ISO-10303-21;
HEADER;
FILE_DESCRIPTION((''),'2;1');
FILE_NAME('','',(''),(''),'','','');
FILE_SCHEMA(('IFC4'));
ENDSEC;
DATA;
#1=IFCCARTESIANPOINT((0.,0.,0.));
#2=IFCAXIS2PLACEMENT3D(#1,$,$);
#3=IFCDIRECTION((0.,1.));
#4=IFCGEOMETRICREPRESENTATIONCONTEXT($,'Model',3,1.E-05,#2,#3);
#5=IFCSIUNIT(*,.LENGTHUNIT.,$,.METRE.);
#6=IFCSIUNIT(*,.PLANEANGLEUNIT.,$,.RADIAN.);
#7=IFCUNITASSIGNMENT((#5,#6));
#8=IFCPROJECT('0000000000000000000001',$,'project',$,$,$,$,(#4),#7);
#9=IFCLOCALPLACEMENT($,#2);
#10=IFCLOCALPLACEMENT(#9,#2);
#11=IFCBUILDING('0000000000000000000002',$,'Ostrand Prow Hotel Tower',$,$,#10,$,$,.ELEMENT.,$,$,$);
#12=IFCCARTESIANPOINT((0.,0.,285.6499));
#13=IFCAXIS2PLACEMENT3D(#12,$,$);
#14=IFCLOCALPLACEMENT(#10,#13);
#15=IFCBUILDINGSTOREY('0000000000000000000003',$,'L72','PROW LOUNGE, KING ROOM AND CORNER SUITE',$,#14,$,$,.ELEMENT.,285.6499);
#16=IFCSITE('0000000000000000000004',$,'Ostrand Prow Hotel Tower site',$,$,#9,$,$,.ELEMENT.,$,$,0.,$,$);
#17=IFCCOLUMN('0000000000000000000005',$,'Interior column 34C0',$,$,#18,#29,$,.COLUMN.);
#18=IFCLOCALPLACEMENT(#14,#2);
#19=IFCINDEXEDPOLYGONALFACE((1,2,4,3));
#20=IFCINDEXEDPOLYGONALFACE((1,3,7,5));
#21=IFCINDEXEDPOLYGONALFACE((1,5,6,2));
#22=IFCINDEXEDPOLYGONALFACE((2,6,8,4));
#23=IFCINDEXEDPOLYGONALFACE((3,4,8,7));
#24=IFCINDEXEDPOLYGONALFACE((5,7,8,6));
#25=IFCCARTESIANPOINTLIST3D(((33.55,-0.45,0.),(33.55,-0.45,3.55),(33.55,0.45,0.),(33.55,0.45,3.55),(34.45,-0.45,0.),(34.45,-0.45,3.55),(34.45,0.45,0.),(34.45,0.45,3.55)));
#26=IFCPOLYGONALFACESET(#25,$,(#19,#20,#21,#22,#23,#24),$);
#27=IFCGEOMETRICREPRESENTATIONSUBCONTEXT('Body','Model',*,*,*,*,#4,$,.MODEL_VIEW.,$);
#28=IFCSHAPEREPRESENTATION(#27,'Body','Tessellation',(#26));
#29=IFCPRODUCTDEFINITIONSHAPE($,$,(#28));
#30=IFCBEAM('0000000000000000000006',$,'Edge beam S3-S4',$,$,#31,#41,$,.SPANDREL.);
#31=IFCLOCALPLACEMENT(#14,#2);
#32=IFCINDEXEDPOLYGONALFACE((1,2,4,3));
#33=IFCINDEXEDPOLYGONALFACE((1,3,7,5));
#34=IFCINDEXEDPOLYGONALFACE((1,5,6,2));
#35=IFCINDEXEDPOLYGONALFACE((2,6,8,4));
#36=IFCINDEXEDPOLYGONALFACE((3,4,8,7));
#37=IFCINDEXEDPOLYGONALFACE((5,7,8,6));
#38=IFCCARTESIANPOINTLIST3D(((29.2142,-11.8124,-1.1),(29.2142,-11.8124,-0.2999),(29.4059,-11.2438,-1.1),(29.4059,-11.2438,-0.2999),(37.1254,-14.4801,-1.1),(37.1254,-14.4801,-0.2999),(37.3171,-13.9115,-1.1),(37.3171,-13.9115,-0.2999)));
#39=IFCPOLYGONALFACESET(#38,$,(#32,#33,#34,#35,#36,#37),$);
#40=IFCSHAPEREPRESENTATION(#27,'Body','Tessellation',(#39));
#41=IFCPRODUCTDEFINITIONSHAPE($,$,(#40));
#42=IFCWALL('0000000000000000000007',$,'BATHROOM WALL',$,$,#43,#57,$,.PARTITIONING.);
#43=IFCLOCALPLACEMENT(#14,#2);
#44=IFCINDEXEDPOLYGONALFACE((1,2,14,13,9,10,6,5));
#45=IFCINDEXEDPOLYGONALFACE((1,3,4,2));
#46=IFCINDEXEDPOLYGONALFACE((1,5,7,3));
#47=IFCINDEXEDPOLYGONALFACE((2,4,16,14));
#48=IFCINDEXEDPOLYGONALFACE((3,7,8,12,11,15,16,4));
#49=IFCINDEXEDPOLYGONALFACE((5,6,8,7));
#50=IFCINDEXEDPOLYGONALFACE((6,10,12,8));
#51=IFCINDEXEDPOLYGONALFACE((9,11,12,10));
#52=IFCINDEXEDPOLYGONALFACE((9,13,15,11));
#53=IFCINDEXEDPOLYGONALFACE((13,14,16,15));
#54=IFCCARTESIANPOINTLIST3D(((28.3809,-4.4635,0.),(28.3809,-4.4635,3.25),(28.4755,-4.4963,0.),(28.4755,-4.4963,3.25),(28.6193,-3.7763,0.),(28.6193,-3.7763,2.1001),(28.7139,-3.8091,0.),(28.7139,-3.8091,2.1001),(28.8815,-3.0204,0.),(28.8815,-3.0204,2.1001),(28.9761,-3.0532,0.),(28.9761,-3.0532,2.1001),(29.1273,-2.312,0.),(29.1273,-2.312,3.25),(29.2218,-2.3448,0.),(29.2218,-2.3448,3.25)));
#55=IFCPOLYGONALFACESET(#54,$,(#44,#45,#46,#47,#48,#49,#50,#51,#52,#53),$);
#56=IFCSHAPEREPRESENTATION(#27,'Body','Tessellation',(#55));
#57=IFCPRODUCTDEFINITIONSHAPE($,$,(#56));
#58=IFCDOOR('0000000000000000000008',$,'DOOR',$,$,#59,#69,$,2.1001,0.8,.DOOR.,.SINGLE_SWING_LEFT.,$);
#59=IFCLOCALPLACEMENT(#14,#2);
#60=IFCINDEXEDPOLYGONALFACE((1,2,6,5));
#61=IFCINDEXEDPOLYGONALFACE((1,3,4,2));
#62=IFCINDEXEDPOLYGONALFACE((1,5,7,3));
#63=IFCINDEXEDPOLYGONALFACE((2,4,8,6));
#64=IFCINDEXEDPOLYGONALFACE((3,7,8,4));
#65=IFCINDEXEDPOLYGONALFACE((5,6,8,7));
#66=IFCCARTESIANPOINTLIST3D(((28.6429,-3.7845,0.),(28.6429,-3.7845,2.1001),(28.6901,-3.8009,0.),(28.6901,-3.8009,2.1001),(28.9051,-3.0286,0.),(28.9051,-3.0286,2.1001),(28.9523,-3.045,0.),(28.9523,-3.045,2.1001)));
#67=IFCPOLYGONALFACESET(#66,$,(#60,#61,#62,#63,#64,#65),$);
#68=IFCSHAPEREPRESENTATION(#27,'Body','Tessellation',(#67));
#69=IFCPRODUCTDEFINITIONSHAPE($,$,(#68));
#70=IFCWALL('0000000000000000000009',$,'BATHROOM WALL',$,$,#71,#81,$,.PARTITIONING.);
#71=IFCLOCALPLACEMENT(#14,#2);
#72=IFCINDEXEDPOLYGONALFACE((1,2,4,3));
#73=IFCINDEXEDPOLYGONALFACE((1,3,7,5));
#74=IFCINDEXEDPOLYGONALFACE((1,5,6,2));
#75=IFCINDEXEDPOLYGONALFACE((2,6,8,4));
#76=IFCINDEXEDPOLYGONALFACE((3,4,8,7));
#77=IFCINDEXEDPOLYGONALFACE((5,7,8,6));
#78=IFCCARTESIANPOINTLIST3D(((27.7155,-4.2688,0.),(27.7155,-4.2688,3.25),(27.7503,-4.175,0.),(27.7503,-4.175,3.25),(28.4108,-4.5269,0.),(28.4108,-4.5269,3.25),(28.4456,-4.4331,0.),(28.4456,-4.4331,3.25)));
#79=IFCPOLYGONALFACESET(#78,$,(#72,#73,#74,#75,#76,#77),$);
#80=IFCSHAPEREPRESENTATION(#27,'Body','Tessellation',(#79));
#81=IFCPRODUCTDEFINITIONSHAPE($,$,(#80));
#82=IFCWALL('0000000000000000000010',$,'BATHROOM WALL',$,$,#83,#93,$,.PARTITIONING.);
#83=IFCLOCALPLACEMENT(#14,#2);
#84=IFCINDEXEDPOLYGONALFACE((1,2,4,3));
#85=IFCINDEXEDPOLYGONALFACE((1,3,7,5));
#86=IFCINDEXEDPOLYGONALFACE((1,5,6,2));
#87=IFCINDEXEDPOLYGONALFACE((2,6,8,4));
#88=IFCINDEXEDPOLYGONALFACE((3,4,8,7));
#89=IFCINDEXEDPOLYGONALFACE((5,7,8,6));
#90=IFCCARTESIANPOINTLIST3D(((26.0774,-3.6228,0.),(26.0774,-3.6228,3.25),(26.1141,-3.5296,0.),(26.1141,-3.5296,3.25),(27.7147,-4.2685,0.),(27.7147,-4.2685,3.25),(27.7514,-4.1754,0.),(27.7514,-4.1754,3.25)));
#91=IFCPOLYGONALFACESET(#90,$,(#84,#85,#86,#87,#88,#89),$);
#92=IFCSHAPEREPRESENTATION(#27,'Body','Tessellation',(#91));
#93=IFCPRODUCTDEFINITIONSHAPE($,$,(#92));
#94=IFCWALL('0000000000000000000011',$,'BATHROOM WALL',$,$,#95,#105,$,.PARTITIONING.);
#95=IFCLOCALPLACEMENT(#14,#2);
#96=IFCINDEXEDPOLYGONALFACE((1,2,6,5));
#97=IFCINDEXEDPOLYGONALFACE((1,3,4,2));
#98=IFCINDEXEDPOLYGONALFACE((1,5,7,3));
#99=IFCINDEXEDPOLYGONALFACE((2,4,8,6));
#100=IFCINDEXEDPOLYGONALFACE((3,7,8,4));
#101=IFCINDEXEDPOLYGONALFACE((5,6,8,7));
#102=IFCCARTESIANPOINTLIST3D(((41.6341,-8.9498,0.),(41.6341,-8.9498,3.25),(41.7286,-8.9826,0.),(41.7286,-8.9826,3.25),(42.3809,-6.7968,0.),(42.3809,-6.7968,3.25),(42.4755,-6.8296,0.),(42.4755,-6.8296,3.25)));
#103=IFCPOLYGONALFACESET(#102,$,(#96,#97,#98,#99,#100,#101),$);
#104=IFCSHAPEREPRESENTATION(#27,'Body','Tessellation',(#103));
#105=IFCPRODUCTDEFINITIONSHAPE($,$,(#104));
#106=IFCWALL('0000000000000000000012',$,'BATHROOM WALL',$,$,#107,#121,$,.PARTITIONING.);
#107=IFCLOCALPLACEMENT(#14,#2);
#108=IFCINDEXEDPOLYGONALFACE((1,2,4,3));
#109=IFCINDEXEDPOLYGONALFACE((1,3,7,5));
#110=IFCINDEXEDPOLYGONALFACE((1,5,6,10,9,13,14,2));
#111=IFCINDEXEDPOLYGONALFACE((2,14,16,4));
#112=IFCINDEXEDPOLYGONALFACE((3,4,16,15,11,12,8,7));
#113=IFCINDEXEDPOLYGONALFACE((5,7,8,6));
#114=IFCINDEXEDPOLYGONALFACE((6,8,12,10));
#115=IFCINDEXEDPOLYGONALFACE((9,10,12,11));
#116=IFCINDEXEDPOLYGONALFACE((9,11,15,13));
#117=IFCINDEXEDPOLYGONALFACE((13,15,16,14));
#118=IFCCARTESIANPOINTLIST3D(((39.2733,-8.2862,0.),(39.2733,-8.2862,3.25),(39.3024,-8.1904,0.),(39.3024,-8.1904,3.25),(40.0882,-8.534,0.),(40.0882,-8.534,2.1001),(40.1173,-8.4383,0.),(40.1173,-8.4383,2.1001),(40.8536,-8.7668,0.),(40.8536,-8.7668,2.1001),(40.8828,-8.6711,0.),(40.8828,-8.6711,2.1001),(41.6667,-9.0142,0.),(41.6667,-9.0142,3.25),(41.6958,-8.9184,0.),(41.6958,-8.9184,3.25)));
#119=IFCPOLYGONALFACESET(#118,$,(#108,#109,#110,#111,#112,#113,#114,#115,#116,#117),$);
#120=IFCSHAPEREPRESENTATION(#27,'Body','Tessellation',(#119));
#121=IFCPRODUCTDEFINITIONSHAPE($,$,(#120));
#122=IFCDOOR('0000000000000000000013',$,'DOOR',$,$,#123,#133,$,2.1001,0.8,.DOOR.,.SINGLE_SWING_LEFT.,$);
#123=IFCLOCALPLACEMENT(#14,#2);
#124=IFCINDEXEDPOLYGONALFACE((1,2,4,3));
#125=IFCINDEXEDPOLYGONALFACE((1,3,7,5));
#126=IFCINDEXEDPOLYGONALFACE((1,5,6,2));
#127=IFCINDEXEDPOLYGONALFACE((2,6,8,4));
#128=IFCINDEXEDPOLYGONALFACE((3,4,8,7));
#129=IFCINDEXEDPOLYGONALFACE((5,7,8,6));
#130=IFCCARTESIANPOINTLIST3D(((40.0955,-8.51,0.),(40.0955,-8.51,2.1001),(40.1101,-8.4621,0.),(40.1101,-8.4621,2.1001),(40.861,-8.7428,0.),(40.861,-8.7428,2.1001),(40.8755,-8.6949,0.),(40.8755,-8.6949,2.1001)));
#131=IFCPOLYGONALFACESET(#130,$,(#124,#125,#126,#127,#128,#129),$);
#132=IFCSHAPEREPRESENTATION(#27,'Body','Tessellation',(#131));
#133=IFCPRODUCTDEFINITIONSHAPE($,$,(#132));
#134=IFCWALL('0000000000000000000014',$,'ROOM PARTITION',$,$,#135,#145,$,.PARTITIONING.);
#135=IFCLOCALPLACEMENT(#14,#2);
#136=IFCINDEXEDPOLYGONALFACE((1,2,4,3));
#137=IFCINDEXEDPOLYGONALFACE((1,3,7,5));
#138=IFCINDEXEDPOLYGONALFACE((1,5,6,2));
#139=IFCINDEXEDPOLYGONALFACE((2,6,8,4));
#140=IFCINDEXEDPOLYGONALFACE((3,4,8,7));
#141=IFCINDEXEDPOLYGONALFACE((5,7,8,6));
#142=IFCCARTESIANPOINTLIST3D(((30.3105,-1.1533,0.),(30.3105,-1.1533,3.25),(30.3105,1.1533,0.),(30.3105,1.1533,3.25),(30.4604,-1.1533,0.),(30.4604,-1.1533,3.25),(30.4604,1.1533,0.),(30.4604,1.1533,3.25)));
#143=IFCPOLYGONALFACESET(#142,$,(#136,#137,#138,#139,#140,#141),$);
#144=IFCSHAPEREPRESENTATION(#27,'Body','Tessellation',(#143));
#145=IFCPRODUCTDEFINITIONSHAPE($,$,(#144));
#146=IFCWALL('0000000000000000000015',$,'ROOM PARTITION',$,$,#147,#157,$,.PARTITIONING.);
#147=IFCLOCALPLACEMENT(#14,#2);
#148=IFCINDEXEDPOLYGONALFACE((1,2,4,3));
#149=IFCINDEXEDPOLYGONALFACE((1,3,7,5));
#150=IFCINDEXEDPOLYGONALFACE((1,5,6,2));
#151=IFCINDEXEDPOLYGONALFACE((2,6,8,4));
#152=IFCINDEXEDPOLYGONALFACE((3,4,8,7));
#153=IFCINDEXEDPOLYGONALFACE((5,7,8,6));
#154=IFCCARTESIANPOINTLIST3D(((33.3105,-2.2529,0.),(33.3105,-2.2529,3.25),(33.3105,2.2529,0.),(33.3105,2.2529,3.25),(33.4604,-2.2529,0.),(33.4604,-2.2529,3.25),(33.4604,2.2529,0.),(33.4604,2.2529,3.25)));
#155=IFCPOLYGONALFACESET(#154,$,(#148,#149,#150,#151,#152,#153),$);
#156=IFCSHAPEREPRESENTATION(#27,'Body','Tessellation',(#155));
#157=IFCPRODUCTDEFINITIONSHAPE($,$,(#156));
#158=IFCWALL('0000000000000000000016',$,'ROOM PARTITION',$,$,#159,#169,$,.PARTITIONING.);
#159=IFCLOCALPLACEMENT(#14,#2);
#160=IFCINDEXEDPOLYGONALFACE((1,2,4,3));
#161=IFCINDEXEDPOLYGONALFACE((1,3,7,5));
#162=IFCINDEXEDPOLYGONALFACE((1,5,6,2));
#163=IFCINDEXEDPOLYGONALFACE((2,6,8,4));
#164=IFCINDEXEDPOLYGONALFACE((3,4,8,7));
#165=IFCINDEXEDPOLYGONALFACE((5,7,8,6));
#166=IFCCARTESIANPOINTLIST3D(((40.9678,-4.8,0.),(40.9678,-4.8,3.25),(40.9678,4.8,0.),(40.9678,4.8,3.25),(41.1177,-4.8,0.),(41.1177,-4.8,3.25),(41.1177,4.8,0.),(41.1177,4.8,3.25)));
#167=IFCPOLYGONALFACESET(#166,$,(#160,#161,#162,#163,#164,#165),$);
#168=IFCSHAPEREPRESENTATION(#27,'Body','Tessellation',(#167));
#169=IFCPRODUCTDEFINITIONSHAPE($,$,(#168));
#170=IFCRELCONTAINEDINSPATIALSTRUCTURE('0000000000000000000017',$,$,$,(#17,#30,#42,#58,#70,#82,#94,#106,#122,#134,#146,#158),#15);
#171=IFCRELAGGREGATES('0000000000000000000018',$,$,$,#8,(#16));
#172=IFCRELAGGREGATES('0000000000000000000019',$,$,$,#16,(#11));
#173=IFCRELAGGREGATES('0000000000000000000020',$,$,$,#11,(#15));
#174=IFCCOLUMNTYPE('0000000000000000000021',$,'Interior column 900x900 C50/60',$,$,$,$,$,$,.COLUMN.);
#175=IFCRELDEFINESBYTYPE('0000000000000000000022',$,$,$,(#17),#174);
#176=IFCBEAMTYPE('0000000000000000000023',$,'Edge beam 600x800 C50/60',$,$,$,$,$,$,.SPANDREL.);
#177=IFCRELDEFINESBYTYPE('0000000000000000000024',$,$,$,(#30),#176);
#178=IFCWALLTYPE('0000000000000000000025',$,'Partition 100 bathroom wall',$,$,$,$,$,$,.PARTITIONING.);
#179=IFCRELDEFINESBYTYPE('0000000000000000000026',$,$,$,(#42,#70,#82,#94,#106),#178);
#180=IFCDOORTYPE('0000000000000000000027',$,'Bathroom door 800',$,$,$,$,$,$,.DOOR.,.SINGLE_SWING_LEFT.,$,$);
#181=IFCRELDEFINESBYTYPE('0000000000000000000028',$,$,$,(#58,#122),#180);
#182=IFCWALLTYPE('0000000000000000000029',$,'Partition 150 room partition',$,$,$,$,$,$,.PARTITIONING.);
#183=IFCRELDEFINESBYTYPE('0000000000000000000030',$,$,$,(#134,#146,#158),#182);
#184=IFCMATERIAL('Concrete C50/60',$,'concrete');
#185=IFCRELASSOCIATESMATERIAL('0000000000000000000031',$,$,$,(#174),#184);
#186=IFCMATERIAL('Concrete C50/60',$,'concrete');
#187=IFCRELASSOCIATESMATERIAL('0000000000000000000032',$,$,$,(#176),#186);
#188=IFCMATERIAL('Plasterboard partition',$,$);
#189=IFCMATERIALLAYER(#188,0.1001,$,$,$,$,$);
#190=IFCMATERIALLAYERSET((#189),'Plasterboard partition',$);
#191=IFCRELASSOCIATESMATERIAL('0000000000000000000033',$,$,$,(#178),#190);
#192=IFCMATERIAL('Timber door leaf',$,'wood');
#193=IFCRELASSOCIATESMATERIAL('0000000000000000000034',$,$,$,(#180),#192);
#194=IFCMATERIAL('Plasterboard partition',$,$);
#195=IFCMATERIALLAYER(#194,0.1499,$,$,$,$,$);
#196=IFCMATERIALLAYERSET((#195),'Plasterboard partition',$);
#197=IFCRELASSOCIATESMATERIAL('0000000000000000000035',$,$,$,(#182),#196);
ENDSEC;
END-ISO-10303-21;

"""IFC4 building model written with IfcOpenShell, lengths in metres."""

from ifc_helpers import new_model, si_unit, direction, frame, frame_2d, origin, origin_2d, place, context, subcontext, project, spatial, rectangle, extrude, material, layer, layer_set, material_profile, profile_set, type_object, element, fill, save


model = new_model("IFC4")

# Units and contexts
model_context = context("Model", 3, precision=1e-05, world=origin(), true_north=direction((0.0, 1.0)))
body_context = subcontext(model_context, "Body", "Model", "MODEL_VIEW")
ifc_project = project(units=[si_unit("LENGTHUNIT", "METRE"), si_unit("PLANEANGLEUNIT", "RADIAN")], contexts=[model_context])

# Site, building, storey
site_placement = place(None, origin())
site = spatial("IfcSite", under=ifc_project, at=site_placement, Name="Ostrand Prow Hotel Tower site", CompositionType="ELEMENT", RefElevation=0.0)
building_placement = place(site_placement, origin())
building = spatial("IfcBuilding", under=site, at=building_placement, Name="Ostrand Prow Hotel Tower", CompositionType="ELEMENT")
storey_placement = place(building_placement, frame((0.0, 0.0, 285.6499)))
storey = spatial("IfcBuildingStorey", under=building, at=storey_placement, Name="L72", Description="PROW LOUNGE, KING ROOM AND CORNER SUITE", CompositionType="ELEMENT", Elevation=285.6499)

# Column
ifc_material_1 = material(Name="Concrete C50/60", Category="concrete")
ifc_material_profile_1 = material_profile(ifc_material_1, rectangle(XDim=0.8999, YDim=0.8999, at=origin_2d()), Name="RC 900x900")
ifc_profile_set_1 = profile_set([ifc_material_profile_1], Name="Concrete C50/60")
column_type = type_object("IfcColumnType", Name="Interior column 900x900 C50/60", PredefinedType="COLUMN", material=ifc_profile_set_1)
column_placement = place(storey_placement, frame((34.0, 0.0, 0.0), z_axis=(0.0, 0.0, 1.0), x_axis=(1.0, 0.0, 0.0)))
element("IfcColumn", 1, at=column_placement, inside=storey, type_object=column_type, Name="Interior column 34C0", PredefinedType="COLUMN", context=body_context, shape_type="SweptSolid", body=[
    extrude(rectangle(XDim=0.8999, YDim=0.8999, at=origin_2d()), origin(), (0.0, 0.0, 1.0), 3.55),
])

# Beam
ifc_material_2 = material(Name="Concrete C50/60", Category="concrete")
ifc_material_profile_2 = material_profile(ifc_material_2, rectangle(XDim=0.6001, YDim=0.8, at=origin_2d()), Name="RC 600x800")
ifc_profile_set_2 = profile_set([ifc_material_profile_2], Name="Concrete C50/60")
beam_type = type_object("IfcBeamType", Name="Edge beam 600x800 C50/60", PredefinedType="SPANDREL", material=ifc_profile_set_2)
beam_placement = place(storey_placement, frame((29.3101, -11.5281, -0.7), z_axis=(0.947575, -0.319533, 0.0), x_axis=(0.319533, 0.947575, 0.0)))
element("IfcBeam", 2, at=beam_placement, inside=storey, type_object=beam_type, Name="Edge beam S3-S4", PredefinedType="SPANDREL", context=body_context, shape_type="SweptSolid", body=[
    extrude(rectangle(XDim=0.6001, YDim=0.8, at=origin_2d()), origin(), (0.0, 0.0, 1.0), 8.3489),
])

# Wall, opening, door
ifc_material_3 = material(Name="Plasterboard partition")
ifc_layer_1 = layer(ifc_material_3, 0.1001)
ifc_layer_set_1 = layer_set([ifc_layer_1], Name="Plasterboard partition")
wall_type_1 = type_object("IfcWallType", Name="Partition 100 bathroom wall", PredefinedType="PARTITIONING", material=ifc_layer_set_1)
wall_1_placement = place(storey_placement, frame((29.1746, -2.3284, 0.0), z_axis=(0.0, 0.0, 1.0), x_axis=(-0.327718, -0.944776, 0.0)))
wall_1 = element("IfcWall", 3, at=wall_1_placement, inside=storey, type_object=wall_type_1, Name="BATHROOM WALL", PredefinedType="PARTITIONING", context=body_context, shape_type="SweptSolid", body=[
    extrude(rectangle(XDim=2.2773, YDim=0.1001, at=frame_2d((1.1387, 0.0))), origin(), (0.0, 0.0, 1.0), 3.25),
])
opening_1_placement = place(wall_1_placement, frame((0.75, 0.0, 0.0)))
opening_1 = element("IfcOpeningElement", 4, at=opening_1_placement, cuts=wall_1, PredefinedType="OPENING", context=body_context, shape_type="SweptSolid", body=[
    extrude(rectangle(XDim=0.8, YDim=2.1001, at=frame_2d((0.3999, 1.05))), frame((0.0, 0.0601, 0.0), z_axis=(0.0, -1.0, 0.0), x_axis=(1.0, 0.0, 0.0)), (0.0, 0.0, 1.0), 0.1201),
])
ifc_material_4 = material(Name="Timber door leaf", Category="wood")
door_type_1 = type_object("IfcDoorType", Name="Bathroom door 800", OperationType="SINGLE_SWING_LEFT", PredefinedType="DOOR", material=ifc_material_4)
door_1_placement = place(opening_1_placement, origin())
door_1 = element("IfcDoor", 5, at=door_1_placement, inside=storey, type_object=door_type_1, Name="DOOR", OperationType="SINGLE_SWING_LEFT", OverallHeight=2.1001, OverallWidth=0.8, PredefinedType="DOOR", context=body_context, shape_type="SweptSolid", body=[
    extrude(rectangle(XDim=0.8, YDim=2.1001, at=frame_2d((0.3999, 1.05))), frame((0.0, 0.0249, 0.0), z_axis=(0.0, -1.0, 0.0), x_axis=(1.0, 0.0, 0.0)), (0.0, 0.0, 1.0), 0.05),
])
fill(opening_1, door_1)

# Walls
wall_2_placement = place(storey_placement, frame((28.4282, -4.48, 0.0), z_axis=(0.0, 0.0, 1.0), x_axis=(-0.937514, 0.347947, 0.0)))
element("IfcWall", 6, at=wall_2_placement, inside=storey, type_object=wall_type_1, Name="BATHROOM WALL", PredefinedType="PARTITIONING", context=body_context, shape_type="SweptSolid", body=[
    extrude(rectangle(XDim=0.7417, YDim=0.1001, at=frame_2d((0.3708, 0.0))), origin(), (0.0, 0.0, 1.0), 3.25),
])
wall_3_placement = place(storey_placement, frame((27.7329, -4.2219, 0.0), z_axis=(0.0, 0.0, 1.0), x_axis=(-0.930255, 0.366914, 0.0)))
element("IfcWall", 7, at=wall_3_placement, inside=storey, type_object=wall_type_1, Name="BATHROOM WALL", PredefinedType="PARTITIONING", context=body_context, shape_type="SweptSolid", body=[
    extrude(rectangle(XDim=1.76, YDim=0.1001, at=frame_2d((0.8799, 0.0))), origin(), (0.0, 0.0, 1.0), 3.25),
])
wall_4_placement = place(storey_placement, frame((42.4282, -6.8132, 0.0), z_axis=(0.0, 0.0, 1.0), x_axis=(-0.327743, -0.944767, 0.0)))
element("IfcWall", 8, at=wall_4_placement, inside=storey, type_object=wall_type_1, Name="BATHROOM WALL", PredefinedType="PARTITIONING", context=body_context, shape_type="SweptSolid", body=[
    extrude(rectangle(XDim=2.2788, YDim=0.1001, at=frame_2d((1.1394, 0.0))), origin(), (0.0, 0.0, 1.0), 3.25),
])

# Wall, opening, door
wall_5_placement = place(storey_placement, frame((41.6814, -8.9663, 0.0), z_axis=(0.0, 0.0, 1.0), x_axis=(-0.956724, 0.290999, 0.0)))
wall_5 = element("IfcWall", 9, at=wall_5_placement, inside=storey, type_object=wall_type_1, Name="BATHROOM WALL", PredefinedType="PARTITIONING", context=body_context, shape_type="SweptSolid", body=[
    extrude(rectangle(XDim=2.5017, YDim=0.1001, at=frame_2d((1.251, 0.0))), origin(), (0.0, 0.0, 1.0), 3.25),
])
opening_2_placement = place(wall_5_placement, frame((0.8501, 0.0, 0.0)))
opening_2 = element("IfcOpeningElement", 10, at=opening_2_placement, cuts=wall_5, PredefinedType="OPENING", context=body_context, shape_type="SweptSolid", body=[
    extrude(rectangle(XDim=0.8, YDim=2.1001, at=frame_2d((0.3999, 1.05))), frame((0.0, 0.0601, 0.0), z_axis=(0.0, -1.0, 0.0), x_axis=(1.0, 0.0, 0.0)), (0.0, 0.0, 1.0), 0.1201),
])
door_2_placement = place(opening_2_placement, origin())
door_2 = element("IfcDoor", 11, at=door_2_placement, inside=storey, type_object=door_type_1, Name="DOOR", OperationType="SINGLE_SWING_LEFT", OverallHeight=2.1001, OverallWidth=0.8, PredefinedType="DOOR", context=body_context, shape_type="SweptSolid", body=[
    extrude(rectangle(XDim=0.8, YDim=2.1001, at=frame_2d((0.3999, 1.05))), frame((0.0, 0.0249, 0.0), z_axis=(0.0, -1.0, 0.0), x_axis=(1.0, 0.0, 0.0)), (0.0, 0.0, 1.0), 0.05),
])
fill(opening_2, door_2)

# Walls
ifc_material_5 = material(Name="Plasterboard partition")
ifc_layer_2 = layer(ifc_material_5, 0.1499)
ifc_layer_set_2 = layer_set([ifc_layer_2], Name="Plasterboard partition")
wall_type_2 = type_object("IfcWallType", Name="Partition 150 room partition", PredefinedType="PARTITIONING", material=ifc_layer_set_2)
wall_6_placement = place(storey_placement, frame((30.3855, -1.1533, 0.0), z_axis=(0.0, 0.0, 1.0), x_axis=(0.0, 1.0, 0.0)))
element("IfcWall", 12, at=wall_6_placement, inside=storey, type_object=wall_type_2, Name="ROOM PARTITION", PredefinedType="PARTITIONING", context=body_context, shape_type="SweptSolid", body=[
    extrude(rectangle(XDim=2.3066, YDim=0.1499, at=frame_2d((1.1533, 0.0))), origin(), (0.0, 0.0, 1.0), 3.25),
])
wall_7_placement = place(storey_placement, frame((33.3855, -2.2529, 0.0), z_axis=(0.0, 0.0, 1.0), x_axis=(0.0, 1.0, 0.0)))
element("IfcWall", 13, at=wall_7_placement, inside=storey, type_object=wall_type_2, Name="ROOM PARTITION", PredefinedType="PARTITIONING", context=body_context, shape_type="SweptSolid", body=[
    extrude(rectangle(XDim=4.5059, YDim=0.1499, at=frame_2d((2.2529, 0.0))), origin(), (0.0, 0.0, 1.0), 3.25),
])
wall_8_placement = place(storey_placement, frame((41.0427, -4.8, 0.0), z_axis=(0.0, 0.0, 1.0), x_axis=(0.0, 1.0, 0.0)))
element("IfcWall", 14, at=wall_8_placement, inside=storey, type_object=wall_type_2, Name="ROOM PARTITION", PredefinedType="PARTITIONING", context=body_context, shape_type="SweptSolid", body=[
    extrude(rectangle(XDim=9.6001, YDim=0.1499, at=frame_2d((4.8, 0.0))), origin(), (0.0, 0.0, 1.0), 3.25),
])

save(model, "model.ifc")
